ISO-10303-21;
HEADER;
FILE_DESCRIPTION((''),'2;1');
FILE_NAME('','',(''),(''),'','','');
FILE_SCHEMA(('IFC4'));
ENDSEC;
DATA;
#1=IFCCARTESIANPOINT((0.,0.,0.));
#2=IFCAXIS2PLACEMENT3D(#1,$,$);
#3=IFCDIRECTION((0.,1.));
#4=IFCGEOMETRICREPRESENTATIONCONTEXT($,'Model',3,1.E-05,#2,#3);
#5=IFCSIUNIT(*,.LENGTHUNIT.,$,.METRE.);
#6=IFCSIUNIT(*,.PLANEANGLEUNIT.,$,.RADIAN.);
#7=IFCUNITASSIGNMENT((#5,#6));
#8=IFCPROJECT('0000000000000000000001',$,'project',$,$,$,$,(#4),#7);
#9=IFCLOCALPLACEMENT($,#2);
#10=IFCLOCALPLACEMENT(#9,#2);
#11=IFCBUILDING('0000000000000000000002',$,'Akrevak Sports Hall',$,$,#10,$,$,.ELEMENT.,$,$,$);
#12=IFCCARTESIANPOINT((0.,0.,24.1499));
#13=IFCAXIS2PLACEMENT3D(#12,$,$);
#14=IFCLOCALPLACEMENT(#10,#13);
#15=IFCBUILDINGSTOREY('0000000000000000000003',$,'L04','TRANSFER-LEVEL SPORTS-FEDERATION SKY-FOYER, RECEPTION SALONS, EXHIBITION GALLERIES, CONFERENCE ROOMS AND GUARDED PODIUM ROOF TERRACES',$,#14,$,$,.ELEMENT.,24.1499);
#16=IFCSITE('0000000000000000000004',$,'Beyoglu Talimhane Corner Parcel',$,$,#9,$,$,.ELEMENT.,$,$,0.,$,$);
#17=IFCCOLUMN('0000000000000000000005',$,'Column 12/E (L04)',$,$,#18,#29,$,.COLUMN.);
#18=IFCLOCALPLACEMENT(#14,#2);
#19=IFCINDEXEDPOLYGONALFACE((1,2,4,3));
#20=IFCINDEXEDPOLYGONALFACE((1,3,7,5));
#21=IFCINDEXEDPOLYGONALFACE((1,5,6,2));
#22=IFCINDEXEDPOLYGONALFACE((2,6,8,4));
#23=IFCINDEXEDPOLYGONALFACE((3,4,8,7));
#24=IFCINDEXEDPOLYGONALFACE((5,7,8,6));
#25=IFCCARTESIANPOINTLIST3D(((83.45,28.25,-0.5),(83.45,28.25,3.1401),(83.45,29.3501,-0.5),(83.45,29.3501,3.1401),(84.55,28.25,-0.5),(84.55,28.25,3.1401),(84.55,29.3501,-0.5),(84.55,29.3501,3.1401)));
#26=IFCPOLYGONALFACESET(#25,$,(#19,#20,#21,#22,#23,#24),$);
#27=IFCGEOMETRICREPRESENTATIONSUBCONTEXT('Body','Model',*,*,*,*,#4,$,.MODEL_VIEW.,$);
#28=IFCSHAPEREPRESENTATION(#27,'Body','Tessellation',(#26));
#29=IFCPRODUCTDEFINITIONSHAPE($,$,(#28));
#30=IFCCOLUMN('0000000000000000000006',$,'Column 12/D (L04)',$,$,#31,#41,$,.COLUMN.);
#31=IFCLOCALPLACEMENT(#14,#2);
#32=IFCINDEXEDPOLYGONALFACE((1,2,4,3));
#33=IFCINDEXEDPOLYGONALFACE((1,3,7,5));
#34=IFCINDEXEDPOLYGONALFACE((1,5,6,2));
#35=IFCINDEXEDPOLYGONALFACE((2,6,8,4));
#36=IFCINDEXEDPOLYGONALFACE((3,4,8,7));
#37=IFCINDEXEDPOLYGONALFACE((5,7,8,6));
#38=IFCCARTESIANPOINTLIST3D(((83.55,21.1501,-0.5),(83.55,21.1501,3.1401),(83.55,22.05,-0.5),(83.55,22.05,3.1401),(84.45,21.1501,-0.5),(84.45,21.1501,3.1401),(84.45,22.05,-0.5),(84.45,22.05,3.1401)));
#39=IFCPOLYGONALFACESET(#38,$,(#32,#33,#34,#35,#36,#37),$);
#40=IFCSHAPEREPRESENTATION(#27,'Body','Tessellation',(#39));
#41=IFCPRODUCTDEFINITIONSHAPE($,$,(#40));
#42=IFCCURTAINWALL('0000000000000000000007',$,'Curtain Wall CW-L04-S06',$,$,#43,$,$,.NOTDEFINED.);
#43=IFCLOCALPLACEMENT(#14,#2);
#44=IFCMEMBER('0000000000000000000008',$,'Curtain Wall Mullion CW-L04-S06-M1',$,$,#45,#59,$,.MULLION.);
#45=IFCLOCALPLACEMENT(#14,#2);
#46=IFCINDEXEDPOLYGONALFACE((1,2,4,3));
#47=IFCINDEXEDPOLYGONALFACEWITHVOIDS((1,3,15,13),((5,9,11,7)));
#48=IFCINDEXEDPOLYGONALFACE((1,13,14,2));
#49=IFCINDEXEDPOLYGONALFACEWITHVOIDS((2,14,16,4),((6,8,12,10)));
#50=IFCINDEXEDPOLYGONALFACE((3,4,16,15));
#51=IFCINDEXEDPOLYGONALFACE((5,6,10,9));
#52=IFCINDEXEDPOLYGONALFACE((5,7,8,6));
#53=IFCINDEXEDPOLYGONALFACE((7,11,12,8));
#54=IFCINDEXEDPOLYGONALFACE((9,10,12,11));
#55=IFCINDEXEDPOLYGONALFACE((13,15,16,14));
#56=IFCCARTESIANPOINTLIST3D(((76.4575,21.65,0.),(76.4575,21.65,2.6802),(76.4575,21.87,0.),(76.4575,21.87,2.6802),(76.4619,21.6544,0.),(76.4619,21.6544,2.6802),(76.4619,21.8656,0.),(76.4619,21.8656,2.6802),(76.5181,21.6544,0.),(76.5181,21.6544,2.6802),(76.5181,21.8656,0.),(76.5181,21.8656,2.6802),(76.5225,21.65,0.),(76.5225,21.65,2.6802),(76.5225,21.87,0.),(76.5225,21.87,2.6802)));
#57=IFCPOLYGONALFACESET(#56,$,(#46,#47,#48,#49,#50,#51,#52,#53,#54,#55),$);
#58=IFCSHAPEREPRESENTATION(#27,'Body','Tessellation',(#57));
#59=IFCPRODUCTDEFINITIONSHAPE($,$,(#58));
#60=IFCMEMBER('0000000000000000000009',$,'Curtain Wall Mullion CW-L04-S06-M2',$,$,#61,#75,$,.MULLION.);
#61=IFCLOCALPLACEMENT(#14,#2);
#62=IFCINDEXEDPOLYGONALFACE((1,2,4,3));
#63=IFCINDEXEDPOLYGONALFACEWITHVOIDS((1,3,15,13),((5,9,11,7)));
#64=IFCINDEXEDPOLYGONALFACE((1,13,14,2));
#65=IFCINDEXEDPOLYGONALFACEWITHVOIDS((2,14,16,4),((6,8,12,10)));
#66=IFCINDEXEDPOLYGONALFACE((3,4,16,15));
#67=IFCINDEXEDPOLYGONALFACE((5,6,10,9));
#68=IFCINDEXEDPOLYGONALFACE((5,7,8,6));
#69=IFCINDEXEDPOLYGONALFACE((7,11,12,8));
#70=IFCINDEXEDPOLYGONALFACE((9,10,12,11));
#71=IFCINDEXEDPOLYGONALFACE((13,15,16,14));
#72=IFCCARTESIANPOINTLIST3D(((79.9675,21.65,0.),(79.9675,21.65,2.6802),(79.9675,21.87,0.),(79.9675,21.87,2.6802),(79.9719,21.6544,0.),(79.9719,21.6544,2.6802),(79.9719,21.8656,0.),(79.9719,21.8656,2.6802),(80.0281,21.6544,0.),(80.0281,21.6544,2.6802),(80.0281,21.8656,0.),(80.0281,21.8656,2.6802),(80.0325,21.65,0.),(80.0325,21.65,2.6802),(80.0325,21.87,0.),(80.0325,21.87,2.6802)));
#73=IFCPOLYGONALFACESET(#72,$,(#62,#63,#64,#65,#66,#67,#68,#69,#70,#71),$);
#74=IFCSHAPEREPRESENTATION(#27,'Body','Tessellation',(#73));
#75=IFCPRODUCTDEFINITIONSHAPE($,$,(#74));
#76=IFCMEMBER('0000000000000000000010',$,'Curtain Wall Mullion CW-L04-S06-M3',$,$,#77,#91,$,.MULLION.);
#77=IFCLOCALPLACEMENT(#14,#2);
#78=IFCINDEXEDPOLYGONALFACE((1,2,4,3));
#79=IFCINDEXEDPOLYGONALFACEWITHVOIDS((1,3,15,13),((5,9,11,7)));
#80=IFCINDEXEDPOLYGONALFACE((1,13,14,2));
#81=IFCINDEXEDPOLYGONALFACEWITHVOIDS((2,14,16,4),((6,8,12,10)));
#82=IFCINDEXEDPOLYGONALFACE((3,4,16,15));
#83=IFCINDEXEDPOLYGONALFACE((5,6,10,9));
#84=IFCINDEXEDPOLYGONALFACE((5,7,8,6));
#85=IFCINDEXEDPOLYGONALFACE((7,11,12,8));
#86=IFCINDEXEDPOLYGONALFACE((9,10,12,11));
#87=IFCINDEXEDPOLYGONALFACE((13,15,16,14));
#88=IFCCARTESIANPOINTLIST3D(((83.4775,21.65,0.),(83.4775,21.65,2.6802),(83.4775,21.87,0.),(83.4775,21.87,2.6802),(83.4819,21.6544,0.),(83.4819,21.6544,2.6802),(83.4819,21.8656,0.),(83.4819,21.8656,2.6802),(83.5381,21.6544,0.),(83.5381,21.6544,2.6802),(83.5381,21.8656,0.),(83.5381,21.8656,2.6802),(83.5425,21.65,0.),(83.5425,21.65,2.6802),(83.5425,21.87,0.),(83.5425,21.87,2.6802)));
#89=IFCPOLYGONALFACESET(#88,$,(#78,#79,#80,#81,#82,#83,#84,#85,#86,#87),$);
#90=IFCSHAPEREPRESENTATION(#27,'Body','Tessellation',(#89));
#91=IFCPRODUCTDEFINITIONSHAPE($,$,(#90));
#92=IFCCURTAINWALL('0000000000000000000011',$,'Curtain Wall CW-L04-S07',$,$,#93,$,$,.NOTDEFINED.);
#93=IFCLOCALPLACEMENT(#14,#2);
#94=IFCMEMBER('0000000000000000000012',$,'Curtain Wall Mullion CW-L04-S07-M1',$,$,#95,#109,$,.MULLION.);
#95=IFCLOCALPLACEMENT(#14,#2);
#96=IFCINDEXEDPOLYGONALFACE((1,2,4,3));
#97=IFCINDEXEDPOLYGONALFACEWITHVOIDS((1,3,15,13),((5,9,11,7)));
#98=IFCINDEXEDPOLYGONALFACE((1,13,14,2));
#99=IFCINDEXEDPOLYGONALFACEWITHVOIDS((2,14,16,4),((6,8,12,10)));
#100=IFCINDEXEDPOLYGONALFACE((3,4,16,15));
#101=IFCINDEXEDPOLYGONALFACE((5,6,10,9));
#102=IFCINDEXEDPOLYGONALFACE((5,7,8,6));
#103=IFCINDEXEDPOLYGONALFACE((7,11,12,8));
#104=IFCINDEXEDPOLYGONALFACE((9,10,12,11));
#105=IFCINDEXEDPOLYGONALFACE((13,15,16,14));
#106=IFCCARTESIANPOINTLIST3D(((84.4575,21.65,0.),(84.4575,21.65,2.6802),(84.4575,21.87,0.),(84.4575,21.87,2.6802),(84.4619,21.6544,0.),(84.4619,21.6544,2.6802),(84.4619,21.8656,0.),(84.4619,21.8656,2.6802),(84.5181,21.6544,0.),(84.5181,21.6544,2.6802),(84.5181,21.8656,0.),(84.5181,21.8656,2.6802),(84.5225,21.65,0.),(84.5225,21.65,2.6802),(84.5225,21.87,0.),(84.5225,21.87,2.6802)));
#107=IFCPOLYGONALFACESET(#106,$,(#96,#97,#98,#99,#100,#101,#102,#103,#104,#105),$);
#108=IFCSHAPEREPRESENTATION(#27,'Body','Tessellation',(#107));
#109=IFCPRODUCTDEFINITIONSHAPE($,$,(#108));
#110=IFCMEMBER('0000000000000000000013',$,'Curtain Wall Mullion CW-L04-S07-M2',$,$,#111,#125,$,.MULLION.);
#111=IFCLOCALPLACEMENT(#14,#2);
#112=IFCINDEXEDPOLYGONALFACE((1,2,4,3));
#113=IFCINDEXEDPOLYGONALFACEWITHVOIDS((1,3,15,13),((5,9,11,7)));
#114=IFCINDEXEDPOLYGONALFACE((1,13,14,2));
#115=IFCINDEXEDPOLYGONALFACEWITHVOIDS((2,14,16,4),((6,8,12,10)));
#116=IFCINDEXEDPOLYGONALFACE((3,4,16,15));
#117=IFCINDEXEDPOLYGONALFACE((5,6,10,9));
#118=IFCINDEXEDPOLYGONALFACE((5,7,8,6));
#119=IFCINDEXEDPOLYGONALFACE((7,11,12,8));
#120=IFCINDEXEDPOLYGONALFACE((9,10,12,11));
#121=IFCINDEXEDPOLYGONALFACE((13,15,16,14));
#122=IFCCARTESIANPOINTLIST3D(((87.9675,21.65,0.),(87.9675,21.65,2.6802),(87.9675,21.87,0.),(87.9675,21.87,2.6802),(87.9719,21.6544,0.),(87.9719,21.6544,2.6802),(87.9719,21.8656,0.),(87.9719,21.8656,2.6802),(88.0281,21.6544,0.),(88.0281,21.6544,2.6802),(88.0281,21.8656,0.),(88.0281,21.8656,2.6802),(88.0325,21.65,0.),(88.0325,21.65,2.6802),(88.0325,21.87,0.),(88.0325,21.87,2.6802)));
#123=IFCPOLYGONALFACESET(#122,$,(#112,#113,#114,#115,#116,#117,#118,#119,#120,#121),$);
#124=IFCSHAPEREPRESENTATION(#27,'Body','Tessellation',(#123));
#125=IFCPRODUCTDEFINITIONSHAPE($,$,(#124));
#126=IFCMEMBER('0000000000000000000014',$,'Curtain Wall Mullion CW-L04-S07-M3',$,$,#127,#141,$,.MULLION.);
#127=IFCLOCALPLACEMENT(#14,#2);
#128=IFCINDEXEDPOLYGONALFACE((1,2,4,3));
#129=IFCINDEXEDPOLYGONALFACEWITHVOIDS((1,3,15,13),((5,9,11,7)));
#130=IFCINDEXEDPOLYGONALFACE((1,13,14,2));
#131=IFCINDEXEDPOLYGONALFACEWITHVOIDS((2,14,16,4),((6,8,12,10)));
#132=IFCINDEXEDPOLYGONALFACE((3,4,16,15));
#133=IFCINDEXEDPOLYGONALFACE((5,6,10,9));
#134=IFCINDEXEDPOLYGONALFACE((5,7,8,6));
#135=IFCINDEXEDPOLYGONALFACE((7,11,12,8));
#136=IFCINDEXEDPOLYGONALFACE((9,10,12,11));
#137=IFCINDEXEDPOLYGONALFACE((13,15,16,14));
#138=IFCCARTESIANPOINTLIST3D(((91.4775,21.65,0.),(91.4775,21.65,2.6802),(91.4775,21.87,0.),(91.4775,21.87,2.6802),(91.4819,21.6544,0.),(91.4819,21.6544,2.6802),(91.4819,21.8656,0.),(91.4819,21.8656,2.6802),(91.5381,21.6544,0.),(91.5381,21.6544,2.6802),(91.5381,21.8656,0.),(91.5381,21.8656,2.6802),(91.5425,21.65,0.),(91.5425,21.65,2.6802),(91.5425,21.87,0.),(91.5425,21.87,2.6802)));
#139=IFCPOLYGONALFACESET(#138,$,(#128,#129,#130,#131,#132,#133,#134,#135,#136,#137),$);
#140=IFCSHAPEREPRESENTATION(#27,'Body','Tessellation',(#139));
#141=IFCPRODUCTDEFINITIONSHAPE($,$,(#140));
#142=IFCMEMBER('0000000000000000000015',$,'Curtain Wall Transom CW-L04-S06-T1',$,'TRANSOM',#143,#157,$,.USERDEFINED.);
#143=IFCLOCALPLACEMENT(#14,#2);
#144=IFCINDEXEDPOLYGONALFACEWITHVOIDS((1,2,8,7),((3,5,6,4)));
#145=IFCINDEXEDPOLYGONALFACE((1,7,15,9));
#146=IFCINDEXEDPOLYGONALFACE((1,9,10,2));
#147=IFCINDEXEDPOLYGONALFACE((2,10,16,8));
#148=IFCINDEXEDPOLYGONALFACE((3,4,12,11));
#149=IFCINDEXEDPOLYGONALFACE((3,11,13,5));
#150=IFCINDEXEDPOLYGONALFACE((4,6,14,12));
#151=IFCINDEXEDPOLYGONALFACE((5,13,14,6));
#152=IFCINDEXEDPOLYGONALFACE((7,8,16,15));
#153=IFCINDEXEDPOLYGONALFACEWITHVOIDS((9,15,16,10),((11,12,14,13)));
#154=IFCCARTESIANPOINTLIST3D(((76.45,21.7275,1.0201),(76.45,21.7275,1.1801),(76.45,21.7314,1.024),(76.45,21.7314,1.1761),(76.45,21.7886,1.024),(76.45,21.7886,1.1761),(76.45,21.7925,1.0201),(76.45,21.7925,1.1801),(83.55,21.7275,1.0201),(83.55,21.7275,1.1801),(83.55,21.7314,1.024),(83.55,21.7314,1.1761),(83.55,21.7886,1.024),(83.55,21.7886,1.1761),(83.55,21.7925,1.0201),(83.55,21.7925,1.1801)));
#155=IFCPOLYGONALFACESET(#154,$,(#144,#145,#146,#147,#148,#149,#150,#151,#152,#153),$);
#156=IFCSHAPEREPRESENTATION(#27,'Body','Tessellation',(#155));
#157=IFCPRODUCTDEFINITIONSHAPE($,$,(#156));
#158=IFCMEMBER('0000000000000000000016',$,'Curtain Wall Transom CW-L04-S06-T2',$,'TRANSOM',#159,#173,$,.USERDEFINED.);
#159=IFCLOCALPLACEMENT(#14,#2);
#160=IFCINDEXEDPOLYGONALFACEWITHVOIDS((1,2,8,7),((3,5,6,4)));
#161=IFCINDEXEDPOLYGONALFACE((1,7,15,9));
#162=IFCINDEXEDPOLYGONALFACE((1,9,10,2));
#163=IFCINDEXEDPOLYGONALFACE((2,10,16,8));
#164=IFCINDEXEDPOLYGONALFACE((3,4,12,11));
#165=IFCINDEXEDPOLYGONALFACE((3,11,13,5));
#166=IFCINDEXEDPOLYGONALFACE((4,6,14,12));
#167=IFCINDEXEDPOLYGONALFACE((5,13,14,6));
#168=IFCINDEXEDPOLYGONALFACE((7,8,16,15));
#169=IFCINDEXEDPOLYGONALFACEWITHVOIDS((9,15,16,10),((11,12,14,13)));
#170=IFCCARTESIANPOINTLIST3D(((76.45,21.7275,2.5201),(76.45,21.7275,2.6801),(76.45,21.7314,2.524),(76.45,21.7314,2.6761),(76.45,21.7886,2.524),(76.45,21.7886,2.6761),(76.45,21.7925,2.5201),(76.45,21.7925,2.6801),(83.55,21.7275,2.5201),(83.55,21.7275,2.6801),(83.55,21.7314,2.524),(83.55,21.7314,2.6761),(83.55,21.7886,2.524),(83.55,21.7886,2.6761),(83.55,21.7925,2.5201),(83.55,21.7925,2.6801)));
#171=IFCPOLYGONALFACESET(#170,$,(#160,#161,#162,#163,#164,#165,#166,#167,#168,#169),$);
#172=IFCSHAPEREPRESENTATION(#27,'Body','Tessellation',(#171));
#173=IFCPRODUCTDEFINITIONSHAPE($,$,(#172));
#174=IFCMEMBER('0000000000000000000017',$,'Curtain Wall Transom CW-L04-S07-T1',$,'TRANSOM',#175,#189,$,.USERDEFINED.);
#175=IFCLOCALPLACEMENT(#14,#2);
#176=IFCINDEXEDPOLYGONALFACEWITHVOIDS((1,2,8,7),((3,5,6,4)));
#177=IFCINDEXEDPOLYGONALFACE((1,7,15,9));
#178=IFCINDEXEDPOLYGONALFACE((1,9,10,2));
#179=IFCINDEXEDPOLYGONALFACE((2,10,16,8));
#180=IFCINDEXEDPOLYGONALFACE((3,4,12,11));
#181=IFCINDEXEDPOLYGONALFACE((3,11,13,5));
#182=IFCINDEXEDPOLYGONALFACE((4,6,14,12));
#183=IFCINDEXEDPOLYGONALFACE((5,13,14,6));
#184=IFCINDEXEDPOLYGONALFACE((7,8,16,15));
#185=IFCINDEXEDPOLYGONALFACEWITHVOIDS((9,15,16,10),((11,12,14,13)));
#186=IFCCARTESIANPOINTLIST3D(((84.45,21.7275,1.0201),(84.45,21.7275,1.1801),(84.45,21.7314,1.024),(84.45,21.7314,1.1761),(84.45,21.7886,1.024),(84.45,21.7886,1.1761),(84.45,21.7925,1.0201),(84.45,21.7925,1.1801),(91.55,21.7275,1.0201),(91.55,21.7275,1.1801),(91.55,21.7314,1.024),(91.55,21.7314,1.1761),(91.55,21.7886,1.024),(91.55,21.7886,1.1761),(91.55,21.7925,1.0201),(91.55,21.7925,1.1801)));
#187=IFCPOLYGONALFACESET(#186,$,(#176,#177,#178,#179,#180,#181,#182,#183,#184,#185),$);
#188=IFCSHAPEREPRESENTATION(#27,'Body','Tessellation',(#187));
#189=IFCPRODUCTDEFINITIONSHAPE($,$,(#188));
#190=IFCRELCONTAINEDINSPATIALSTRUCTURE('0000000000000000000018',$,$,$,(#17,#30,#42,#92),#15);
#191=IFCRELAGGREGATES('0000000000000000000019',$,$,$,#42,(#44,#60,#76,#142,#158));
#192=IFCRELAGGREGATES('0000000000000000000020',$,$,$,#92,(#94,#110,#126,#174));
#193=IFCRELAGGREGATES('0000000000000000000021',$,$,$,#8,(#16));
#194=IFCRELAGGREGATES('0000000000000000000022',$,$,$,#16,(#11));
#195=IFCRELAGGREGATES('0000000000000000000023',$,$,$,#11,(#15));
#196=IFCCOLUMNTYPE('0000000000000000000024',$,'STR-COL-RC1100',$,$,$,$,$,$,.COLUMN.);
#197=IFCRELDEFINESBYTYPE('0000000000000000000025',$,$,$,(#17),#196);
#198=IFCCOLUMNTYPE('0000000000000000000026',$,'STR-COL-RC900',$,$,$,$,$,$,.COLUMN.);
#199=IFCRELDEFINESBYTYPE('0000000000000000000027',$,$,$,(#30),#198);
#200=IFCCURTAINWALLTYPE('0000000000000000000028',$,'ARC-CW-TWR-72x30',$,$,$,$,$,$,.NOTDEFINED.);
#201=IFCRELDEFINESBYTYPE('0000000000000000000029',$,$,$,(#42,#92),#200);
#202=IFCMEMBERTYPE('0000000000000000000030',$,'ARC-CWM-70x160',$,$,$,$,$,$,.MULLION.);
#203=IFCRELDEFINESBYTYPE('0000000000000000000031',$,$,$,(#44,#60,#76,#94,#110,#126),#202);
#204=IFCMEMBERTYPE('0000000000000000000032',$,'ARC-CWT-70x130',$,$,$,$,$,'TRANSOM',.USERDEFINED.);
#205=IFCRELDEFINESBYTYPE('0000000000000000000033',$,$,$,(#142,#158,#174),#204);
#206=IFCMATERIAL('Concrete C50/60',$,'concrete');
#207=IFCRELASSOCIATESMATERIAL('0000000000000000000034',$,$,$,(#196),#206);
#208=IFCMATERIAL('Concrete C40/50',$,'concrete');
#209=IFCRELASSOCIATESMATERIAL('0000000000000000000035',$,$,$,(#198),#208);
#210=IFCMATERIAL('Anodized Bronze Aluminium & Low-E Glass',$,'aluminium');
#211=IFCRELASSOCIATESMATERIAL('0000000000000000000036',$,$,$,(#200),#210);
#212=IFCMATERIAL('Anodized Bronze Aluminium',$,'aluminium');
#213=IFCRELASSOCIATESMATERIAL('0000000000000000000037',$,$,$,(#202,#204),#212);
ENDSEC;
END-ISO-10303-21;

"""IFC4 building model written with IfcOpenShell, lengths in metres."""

from ifc_helpers import new_model, si_unit, direction, frame, origin, origin_2d, place, context, subcontext, project, spatial, rectangle, hollow_rectangle, extrude, material, material_profile, profile_set, type_object, element, aggregate, save


model = new_model("IFC4")

# Units and contexts
model_context = context("Model", 3, precision=1e-05, world=origin(), true_north=direction((0.0, 1.0)))
body_context = subcontext(model_context, "Body", "Model", "MODEL_VIEW")
ifc_project = project(units=[si_unit("LENGTHUNIT", "METRE"), si_unit("PLANEANGLEUNIT", "RADIAN")], contexts=[model_context])

# Site, building, storey
site_placement = place(None, origin())
site = spatial("IfcSite", under=ifc_project, at=site_placement, Name="Beyoglu Talimhane Corner Parcel", CompositionType="ELEMENT", RefElevation=0.0)
building_placement = place(site_placement, origin())
building = spatial("IfcBuilding", under=site, at=building_placement, Name="Akrevak Sports Hall", CompositionType="ELEMENT")
storey_placement = place(building_placement, frame((0.0, 0.0, 24.1499)))
storey = spatial("IfcBuildingStorey", under=building, at=storey_placement, Name="L04", Description="TRANSFER-LEVEL SPORTS-FEDERATION SKY-FOYER, RECEPTION SALONS, EXHIBITION GALLERIES, CONFERENCE ROOMS AND GUARDED PODIUM ROOF TERRACES", CompositionType="ELEMENT", Elevation=24.1499)

# Columns
ifc_material_1 = material(Name="Concrete C50/60", Category="concrete")
ifc_material_profile_1 = material_profile(ifc_material_1, rectangle(XDim=1.1001, YDim=1.1001, at=origin_2d()), Name="RC 1100x1100", Category="concrete")
ifc_profile_set_1 = profile_set([ifc_material_profile_1], Name="Concrete C50/60")
column_type_1 = type_object("IfcColumnType", Name="STR-COL-RC1100", PredefinedType="COLUMN", material=ifc_profile_set_1)
column_1_placement = place(storey_placement, frame((84.0, 28.8, -0.5), z_axis=(0.0, 0.0, 1.0), x_axis=(1.0, 0.0, 0.0)))
element("IfcColumn", 1, at=column_1_placement, inside=storey, type_object=column_type_1, Name="Column 12/E (L04)", PredefinedType="COLUMN", context=body_context, shape_type="SweptSolid", body=[
    extrude(rectangle(XDim=1.1001, YDim=1.1001, at=origin_2d()), origin(), (0.0, 0.0, 1.0), 3.6401),
])
ifc_material_2 = material(Name="Concrete C40/50", Category="concrete")
ifc_material_profile_2 = material_profile(ifc_material_2, rectangle(XDim=0.8999, YDim=0.8999, at=origin_2d()), Name="RC 900x900", Category="concrete")
ifc_profile_set_2 = profile_set([ifc_material_profile_2], Name="Concrete C40/50")
column_type_2 = type_object("IfcColumnType", Name="STR-COL-RC900", PredefinedType="COLUMN", material=ifc_profile_set_2)
column_2_placement = place(storey_placement, frame((84.0, 21.6001, -0.5), z_axis=(0.0, 0.0, 1.0), x_axis=(1.0, 0.0, 0.0)))
element("IfcColumn", 2, at=column_2_placement, inside=storey, type_object=column_type_2, Name="Column 12/D (L04)", PredefinedType="COLUMN", context=body_context, shape_type="SweptSolid", body=[
    extrude(rectangle(XDim=0.8999, YDim=0.8999, at=origin_2d()), origin(), (0.0, 0.0, 1.0), 3.6401),
])

# Curtain walls, members
ifc_material_3 = material(Name="Anodized Bronze Aluminium & Low-E Glass", Category="aluminium")
curtain_wall_type = type_object("IfcCurtainWallType", Name="ARC-CW-TWR-72x30", PredefinedType="NOTDEFINED", material=ifc_material_3)
curtain_wall_1_placement = place(storey_placement, origin())
curtain_wall_1 = element("IfcCurtainWall", 3, at=curtain_wall_1_placement, inside=storey, type_object=curtain_wall_type, Name="Curtain Wall CW-L04-S06", PredefinedType="NOTDEFINED")
ifc_material_4 = material(Name="Anodized Bronze Aluminium", Category="aluminium")
ifc_material_profile_3 = material_profile(ifc_material_4, hollow_rectangle(XDim=0.0649, YDim=0.22, WallThickness=0.0044, at=origin_2d()), Name="CWM 65x220", Category="aluminium")
ifc_profile_set_3 = profile_set([ifc_material_profile_3], Name="Anodized Bronze Aluminium")
member_type_1 = type_object("IfcMemberType", Name="ARC-CWM-70x160", PredefinedType="MULLION", material=ifc_profile_set_3)
member_1_placement = place(storey_placement, frame((76.49, 21.76, 0.0), z_axis=(0.0, 0.0, 1.0), x_axis=(1.0, 0.0, 0.0)))
member_1 = element("IfcMember", 4, at=member_1_placement, type_object=member_type_1, Name="Curtain Wall Mullion CW-L04-S06-M1", PredefinedType="MULLION", context=body_context, shape_type="SweptSolid", body=[
    extrude(hollow_rectangle(XDim=0.0649, YDim=0.22, WallThickness=0.0044, at=origin_2d()), origin(), (0.0, 0.0, 1.0), 2.6802),
])
member_2_placement = place(storey_placement, frame((80.0, 21.76, 0.0), z_axis=(0.0, 0.0, 1.0), x_axis=(1.0, 0.0, 0.0)))
member_2 = element("IfcMember", 5, at=member_2_placement, type_object=member_type_1, Name="Curtain Wall Mullion CW-L04-S06-M2", PredefinedType="MULLION", context=body_context, shape_type="SweptSolid", body=[
    extrude(hollow_rectangle(XDim=0.0649, YDim=0.22, WallThickness=0.0044, at=origin_2d()), origin(), (0.0, 0.0, 1.0), 2.6802),
])
member_3_placement = place(storey_placement, frame((83.51, 21.76, 0.0), z_axis=(0.0, 0.0, 1.0), x_axis=(1.0, 0.0, 0.0)))
member_3 = element("IfcMember", 6, at=member_3_placement, type_object=member_type_1, Name="Curtain Wall Mullion CW-L04-S06-M3", PredefinedType="MULLION", context=body_context, shape_type="SweptSolid", body=[
    extrude(hollow_rectangle(XDim=0.0649, YDim=0.22, WallThickness=0.0044, at=origin_2d()), origin(), (0.0, 0.0, 1.0), 2.6802),
])
curtain_wall_2_placement = place(storey_placement, origin())
curtain_wall_2 = element("IfcCurtainWall", 7, at=curtain_wall_2_placement, inside=storey, type_object=curtain_wall_type, Name="Curtain Wall CW-L04-S07", PredefinedType="NOTDEFINED")
member_4_placement = place(storey_placement, frame((84.49, 21.76, 0.0), z_axis=(0.0, 0.0, 1.0), x_axis=(1.0, 0.0, 0.0)))
member_4 = element("IfcMember", 8, at=member_4_placement, type_object=member_type_1, Name="Curtain Wall Mullion CW-L04-S07-M1", PredefinedType="MULLION", context=body_context, shape_type="SweptSolid", body=[
    extrude(hollow_rectangle(XDim=0.0649, YDim=0.22, WallThickness=0.0044, at=origin_2d()), origin(), (0.0, 0.0, 1.0), 2.6802),
])
member_5_placement = place(storey_placement, frame((88.0, 21.76, 0.0), z_axis=(0.0, 0.0, 1.0), x_axis=(1.0, 0.0, 0.0)))
member_5 = element("IfcMember", 9, at=member_5_placement, type_object=member_type_1, Name="Curtain Wall Mullion CW-L04-S07-M2", PredefinedType="MULLION", context=body_context, shape_type="SweptSolid", body=[
    extrude(hollow_rectangle(XDim=0.0649, YDim=0.22, WallThickness=0.0044, at=origin_2d()), origin(), (0.0, 0.0, 1.0), 2.6802),
])
member_6_placement = place(storey_placement, frame((91.51, 21.76, 0.0), z_axis=(0.0, 0.0, 1.0), x_axis=(1.0, 0.0, 0.0)))
member_6 = element("IfcMember", 10, at=member_6_placement, type_object=member_type_1, Name="Curtain Wall Mullion CW-L04-S07-M3", PredefinedType="MULLION", context=body_context, shape_type="SweptSolid", body=[
    extrude(hollow_rectangle(XDim=0.0649, YDim=0.22, WallThickness=0.0044, at=origin_2d()), origin(), (0.0, 0.0, 1.0), 2.6802),
])

# Members
ifc_material_profile_4 = material_profile(ifc_material_4, hollow_rectangle(XDim=0.0649, YDim=0.1599, WallThickness=0.0039, at=origin_2d()), Name="CWT 65x160", Category="aluminium")
ifc_profile_set_4 = profile_set([ifc_material_profile_4], Name="Anodized Bronze Aluminium")
member_type_2 = type_object("IfcMemberType", Name="ARC-CWT-70x130", ElementType="TRANSOM", PredefinedType="USERDEFINED", material=ifc_profile_set_4)
member_7_placement = place(storey_placement, frame((76.45, 21.76, 1.1001), z_axis=(1.0, 0.0, 0.0), x_axis=(0.0, 1.0, 0.0)))
member_7 = element("IfcMember", 11, at=member_7_placement, type_object=member_type_2, Name="Curtain Wall Transom CW-L04-S06-T1", ObjectType="TRANSOM", PredefinedType="USERDEFINED", context=body_context, shape_type="SweptSolid", body=[
    extrude(hollow_rectangle(XDim=0.0649, YDim=0.1599, WallThickness=0.0039, at=origin_2d()), origin(), (0.0, 0.0, 1.0), 7.1001),
])
member_8_placement = place(storey_placement, frame((76.45, 21.76, 2.6001), z_axis=(1.0, 0.0, 0.0), x_axis=(0.0, 1.0, 0.0)))
member_8 = element("IfcMember", 12, at=member_8_placement, type_object=member_type_2, Name="Curtain Wall Transom CW-L04-S06-T2", ObjectType="TRANSOM", PredefinedType="USERDEFINED", context=body_context, shape_type="SweptSolid", body=[
    extrude(hollow_rectangle(XDim=0.0649, YDim=0.1599, WallThickness=0.0039, at=origin_2d()), origin(), (0.0, 0.0, 1.0), 7.1001),
])
member_9_placement = place(storey_placement, frame((84.45, 21.76, 1.1001), z_axis=(1.0, 0.0, 0.0), x_axis=(0.0, 1.0, 0.0)))
member_9 = element("IfcMember", 13, at=member_9_placement, type_object=member_type_2, Name="Curtain Wall Transom CW-L04-S07-T1", ObjectType="TRANSOM", PredefinedType="USERDEFINED", context=body_context, shape_type="SweptSolid", body=[
    extrude(hollow_rectangle(XDim=0.0649, YDim=0.1599, WallThickness=0.0039, at=origin_2d()), origin(), (0.0, 0.0, 1.0), 7.1001),
])

aggregate(curtain_wall_1, [member_1, member_2, member_3, member_7, member_8])
aggregate(curtain_wall_2, [member_4, member_5, member_6, member_9])

save(model, "model.ifc")
